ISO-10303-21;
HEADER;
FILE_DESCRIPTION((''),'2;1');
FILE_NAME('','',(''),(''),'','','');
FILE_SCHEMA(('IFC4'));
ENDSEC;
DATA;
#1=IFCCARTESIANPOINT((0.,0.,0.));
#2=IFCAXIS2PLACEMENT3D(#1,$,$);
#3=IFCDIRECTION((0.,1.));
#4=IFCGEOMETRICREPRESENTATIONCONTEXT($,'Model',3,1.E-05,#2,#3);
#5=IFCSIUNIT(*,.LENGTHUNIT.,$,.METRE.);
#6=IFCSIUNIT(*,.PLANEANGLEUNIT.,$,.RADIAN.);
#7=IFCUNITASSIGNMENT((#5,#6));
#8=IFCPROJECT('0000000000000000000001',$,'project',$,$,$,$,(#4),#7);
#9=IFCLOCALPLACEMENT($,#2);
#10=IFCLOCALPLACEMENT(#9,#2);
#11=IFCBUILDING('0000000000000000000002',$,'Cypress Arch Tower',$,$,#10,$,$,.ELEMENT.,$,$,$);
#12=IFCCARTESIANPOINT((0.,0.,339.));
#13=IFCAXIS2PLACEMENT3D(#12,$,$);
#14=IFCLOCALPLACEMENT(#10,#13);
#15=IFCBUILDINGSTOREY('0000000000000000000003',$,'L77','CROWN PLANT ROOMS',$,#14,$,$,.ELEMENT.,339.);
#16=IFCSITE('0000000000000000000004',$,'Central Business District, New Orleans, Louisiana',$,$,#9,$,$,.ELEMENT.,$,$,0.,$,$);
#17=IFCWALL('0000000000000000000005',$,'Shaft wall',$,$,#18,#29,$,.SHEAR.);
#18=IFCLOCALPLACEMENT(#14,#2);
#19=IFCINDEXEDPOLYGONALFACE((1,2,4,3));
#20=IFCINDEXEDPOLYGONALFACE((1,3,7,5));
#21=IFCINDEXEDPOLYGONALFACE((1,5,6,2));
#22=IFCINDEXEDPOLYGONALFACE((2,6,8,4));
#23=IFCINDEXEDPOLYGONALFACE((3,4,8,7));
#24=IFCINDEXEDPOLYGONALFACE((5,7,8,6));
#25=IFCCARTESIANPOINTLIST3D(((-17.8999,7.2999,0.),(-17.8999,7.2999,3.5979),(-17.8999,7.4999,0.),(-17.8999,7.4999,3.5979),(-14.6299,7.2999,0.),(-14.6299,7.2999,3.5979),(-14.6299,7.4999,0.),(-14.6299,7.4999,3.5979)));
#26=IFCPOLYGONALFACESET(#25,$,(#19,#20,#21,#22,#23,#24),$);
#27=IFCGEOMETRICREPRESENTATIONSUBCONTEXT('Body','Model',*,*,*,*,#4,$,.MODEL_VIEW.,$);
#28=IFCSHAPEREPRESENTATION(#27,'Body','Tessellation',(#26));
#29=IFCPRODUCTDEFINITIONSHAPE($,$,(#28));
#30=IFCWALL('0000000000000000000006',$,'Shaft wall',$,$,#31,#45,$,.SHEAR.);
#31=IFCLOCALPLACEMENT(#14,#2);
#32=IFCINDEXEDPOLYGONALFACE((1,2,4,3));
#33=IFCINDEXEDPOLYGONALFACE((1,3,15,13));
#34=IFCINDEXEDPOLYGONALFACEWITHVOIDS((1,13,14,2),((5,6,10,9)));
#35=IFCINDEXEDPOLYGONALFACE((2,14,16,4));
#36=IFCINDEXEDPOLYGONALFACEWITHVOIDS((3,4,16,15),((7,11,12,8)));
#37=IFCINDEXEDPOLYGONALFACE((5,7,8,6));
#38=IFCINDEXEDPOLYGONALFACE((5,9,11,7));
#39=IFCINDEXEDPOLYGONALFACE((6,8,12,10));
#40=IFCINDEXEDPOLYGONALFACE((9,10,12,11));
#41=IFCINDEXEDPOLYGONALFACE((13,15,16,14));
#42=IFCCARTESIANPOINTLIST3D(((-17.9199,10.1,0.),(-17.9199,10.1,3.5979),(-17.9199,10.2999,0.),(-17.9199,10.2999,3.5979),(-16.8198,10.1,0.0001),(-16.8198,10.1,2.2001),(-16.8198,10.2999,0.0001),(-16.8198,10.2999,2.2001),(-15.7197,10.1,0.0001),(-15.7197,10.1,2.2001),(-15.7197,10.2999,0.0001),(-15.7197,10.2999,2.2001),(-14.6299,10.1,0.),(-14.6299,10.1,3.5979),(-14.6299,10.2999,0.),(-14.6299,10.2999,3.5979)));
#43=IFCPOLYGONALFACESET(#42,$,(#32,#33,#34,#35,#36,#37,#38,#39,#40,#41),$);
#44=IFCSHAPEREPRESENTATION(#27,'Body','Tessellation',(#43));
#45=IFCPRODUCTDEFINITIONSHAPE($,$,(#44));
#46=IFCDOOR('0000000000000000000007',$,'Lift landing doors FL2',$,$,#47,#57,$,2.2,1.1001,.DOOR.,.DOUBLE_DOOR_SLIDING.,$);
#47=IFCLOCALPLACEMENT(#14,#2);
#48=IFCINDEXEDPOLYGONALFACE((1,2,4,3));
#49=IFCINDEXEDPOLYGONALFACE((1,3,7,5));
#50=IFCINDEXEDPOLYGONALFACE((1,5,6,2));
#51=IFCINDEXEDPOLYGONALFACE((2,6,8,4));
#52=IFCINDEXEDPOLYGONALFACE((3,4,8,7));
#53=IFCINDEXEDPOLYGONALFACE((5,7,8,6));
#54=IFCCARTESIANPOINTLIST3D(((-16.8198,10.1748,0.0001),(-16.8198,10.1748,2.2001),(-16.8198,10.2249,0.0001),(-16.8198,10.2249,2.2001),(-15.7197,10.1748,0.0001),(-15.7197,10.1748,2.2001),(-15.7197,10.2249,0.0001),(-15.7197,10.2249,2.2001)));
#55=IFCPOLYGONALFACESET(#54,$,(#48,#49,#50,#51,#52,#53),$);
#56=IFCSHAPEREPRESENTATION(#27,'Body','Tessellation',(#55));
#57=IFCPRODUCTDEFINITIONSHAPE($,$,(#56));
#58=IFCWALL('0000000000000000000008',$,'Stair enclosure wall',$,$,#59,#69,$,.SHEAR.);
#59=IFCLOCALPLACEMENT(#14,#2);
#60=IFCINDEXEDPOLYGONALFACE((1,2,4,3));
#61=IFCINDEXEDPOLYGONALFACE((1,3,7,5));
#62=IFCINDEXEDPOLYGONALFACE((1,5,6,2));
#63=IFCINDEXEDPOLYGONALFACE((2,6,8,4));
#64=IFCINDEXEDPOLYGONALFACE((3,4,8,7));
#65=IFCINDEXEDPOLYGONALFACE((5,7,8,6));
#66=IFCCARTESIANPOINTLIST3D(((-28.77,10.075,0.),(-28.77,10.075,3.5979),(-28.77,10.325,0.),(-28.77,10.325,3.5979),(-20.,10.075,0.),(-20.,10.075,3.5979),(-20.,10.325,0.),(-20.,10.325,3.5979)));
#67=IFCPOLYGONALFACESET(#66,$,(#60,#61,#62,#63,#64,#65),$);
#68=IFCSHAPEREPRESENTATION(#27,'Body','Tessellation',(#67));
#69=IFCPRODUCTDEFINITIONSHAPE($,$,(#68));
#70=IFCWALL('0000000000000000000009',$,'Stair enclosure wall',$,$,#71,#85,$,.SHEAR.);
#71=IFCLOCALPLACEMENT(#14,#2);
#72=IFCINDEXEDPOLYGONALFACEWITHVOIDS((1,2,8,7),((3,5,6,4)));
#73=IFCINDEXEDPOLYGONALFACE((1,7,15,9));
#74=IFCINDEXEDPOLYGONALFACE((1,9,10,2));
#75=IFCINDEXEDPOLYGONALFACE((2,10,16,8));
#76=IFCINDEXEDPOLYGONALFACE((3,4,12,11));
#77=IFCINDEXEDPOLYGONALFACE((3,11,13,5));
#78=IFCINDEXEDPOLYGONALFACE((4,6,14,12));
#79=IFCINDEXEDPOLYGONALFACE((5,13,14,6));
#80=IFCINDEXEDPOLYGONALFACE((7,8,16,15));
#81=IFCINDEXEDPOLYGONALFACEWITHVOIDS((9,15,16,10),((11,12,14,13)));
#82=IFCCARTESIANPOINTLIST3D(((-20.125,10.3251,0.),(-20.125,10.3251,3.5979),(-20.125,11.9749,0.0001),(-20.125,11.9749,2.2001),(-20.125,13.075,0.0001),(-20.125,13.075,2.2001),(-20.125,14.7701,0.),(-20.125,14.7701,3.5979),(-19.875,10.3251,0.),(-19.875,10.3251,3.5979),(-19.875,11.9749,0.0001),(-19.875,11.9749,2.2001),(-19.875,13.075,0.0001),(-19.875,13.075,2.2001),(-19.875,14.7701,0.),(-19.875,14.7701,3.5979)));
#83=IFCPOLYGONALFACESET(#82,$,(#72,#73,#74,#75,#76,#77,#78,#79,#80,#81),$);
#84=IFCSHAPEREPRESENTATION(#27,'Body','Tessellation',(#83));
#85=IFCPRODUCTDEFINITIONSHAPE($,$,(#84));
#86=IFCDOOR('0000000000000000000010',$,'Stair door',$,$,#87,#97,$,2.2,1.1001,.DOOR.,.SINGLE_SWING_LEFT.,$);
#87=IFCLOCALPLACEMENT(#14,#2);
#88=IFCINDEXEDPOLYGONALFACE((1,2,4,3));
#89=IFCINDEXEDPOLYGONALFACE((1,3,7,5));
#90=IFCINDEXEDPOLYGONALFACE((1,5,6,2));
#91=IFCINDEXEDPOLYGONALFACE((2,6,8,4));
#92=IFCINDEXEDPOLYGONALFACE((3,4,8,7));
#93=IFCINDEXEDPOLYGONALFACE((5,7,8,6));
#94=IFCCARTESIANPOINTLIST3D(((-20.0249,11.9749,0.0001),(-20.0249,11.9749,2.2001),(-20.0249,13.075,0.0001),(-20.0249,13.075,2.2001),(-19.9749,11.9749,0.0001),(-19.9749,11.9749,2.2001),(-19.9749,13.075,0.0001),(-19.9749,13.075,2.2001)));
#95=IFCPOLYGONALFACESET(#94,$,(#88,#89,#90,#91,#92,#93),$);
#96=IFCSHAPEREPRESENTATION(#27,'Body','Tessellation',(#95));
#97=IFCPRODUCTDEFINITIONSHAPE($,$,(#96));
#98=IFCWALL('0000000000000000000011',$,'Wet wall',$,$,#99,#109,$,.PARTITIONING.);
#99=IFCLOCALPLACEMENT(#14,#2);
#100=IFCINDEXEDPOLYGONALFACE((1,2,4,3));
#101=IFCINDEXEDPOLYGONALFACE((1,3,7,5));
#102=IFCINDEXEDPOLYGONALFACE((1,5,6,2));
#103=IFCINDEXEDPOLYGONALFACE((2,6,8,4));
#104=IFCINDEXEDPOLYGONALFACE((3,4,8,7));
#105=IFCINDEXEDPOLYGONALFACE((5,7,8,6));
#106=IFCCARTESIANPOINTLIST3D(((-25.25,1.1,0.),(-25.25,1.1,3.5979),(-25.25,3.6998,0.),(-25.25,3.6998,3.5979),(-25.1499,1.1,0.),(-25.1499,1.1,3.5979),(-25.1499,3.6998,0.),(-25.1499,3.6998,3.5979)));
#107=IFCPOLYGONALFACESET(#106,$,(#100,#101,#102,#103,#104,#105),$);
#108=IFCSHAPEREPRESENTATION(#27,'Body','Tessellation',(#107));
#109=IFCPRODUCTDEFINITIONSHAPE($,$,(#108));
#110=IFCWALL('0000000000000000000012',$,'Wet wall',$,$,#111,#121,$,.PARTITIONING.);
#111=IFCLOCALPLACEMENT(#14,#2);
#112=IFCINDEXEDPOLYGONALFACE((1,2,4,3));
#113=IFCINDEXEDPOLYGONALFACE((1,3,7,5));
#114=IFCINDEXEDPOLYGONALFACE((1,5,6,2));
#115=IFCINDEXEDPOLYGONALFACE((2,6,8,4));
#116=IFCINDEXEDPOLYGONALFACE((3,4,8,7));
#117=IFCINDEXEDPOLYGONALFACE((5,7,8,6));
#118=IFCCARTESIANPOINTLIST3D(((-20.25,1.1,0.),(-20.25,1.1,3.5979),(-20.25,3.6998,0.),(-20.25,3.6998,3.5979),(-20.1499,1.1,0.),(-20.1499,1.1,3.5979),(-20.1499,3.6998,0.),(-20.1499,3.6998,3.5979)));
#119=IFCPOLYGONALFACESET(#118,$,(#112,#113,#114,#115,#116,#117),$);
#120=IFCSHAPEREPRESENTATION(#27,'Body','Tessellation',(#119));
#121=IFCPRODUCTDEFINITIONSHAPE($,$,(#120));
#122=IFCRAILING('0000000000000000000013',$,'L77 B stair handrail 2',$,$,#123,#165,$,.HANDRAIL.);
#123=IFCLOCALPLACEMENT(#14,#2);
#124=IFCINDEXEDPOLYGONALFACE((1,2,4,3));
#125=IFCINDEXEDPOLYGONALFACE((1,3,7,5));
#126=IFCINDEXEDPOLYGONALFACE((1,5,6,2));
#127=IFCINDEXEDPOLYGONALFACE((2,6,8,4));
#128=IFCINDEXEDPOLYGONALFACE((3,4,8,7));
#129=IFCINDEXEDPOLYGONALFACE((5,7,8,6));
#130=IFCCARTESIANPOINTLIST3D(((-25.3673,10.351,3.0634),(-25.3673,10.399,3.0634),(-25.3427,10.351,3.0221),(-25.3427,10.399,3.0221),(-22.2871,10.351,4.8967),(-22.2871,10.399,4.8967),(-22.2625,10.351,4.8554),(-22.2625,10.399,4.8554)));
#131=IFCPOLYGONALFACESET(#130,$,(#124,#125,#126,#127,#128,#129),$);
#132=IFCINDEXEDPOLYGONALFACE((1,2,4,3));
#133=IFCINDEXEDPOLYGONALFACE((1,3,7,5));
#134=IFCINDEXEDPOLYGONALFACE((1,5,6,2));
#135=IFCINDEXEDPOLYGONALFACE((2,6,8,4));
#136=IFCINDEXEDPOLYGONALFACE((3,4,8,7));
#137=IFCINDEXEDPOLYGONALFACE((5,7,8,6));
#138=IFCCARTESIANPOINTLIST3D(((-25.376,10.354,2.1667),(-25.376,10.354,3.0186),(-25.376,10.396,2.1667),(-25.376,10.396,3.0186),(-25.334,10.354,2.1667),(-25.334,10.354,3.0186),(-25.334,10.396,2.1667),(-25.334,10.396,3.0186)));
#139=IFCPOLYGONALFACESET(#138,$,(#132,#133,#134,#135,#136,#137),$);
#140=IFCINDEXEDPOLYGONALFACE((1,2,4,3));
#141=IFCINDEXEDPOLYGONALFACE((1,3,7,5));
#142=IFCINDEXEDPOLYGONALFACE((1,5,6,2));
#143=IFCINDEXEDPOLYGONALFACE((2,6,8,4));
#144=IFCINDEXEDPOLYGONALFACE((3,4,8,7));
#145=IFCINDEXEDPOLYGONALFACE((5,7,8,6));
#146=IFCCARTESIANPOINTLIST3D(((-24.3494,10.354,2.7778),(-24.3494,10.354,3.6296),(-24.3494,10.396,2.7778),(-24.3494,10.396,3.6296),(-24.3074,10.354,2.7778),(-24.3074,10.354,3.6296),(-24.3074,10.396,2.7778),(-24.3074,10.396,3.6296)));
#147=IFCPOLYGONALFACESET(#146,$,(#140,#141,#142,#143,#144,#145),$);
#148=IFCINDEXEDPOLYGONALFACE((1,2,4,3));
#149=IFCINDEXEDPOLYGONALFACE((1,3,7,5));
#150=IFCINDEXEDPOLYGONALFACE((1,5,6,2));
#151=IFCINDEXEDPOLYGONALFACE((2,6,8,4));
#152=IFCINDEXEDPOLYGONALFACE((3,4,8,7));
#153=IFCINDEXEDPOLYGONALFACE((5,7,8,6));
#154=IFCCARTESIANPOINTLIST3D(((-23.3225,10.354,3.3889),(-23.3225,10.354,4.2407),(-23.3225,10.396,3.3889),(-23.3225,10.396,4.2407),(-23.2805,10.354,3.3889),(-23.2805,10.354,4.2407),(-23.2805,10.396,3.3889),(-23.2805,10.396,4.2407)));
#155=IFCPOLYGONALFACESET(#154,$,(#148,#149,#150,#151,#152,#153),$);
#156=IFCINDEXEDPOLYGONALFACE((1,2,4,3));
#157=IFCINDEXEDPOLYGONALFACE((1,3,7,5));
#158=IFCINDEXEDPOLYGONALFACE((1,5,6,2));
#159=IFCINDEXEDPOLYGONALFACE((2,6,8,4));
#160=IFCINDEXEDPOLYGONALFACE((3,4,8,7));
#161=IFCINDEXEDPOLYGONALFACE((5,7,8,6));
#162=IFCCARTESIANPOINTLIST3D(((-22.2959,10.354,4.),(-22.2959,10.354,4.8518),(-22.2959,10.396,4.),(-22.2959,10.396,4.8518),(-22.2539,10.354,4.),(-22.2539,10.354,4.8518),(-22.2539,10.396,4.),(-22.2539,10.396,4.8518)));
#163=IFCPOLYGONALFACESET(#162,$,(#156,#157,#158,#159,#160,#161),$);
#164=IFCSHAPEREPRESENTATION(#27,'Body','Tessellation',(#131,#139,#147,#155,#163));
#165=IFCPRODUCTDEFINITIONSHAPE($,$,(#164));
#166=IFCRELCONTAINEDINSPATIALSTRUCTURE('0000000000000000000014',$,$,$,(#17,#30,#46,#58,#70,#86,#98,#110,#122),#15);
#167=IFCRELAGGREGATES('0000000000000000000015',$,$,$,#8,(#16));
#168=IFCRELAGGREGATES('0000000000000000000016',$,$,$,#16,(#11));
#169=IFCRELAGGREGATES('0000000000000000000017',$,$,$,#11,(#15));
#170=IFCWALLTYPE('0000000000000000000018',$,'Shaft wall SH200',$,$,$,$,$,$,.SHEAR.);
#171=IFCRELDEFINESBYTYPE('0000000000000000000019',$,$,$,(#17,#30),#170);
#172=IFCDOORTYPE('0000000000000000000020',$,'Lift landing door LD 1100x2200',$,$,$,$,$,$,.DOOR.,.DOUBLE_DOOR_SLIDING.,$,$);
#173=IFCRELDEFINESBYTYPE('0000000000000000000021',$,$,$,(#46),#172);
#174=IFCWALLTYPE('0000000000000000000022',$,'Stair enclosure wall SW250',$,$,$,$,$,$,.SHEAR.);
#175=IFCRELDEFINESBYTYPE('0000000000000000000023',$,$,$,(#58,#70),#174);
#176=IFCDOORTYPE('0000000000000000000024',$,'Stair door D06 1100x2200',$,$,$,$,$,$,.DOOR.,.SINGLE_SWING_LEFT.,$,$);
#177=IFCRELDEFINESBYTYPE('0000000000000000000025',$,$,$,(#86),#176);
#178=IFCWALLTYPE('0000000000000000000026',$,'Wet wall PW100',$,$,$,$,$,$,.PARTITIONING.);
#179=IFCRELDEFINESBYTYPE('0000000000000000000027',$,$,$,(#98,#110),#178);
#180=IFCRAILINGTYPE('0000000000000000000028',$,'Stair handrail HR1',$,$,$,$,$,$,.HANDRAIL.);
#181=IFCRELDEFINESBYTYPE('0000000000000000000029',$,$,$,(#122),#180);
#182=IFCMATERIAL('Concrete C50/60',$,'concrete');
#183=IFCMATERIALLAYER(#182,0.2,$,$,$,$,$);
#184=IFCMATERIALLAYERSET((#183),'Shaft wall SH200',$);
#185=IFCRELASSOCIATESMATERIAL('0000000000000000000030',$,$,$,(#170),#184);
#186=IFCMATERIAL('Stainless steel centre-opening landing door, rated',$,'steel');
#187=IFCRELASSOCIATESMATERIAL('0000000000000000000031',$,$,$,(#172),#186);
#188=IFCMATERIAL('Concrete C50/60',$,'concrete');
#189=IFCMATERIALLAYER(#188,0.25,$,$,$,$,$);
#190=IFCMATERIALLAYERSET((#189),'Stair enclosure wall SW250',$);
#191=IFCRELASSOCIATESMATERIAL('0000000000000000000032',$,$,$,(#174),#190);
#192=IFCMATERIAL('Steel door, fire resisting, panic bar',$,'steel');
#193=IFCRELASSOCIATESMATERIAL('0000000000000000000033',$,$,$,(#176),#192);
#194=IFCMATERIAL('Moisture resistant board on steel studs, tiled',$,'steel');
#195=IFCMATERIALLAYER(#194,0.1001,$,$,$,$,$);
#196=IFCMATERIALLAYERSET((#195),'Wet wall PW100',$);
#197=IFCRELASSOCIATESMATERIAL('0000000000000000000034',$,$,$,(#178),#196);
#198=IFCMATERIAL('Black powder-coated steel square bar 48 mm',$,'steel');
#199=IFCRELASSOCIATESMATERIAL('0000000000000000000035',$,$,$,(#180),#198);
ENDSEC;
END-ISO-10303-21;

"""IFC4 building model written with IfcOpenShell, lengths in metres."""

from ifc_helpers import new_model, si_unit, direction, frame, frame_2d, origin, origin_2d, place, context, subcontext, project, spatial, rectangle, extrude, material, layer, layer_set, type_object, element, fill, save


model = new_model("IFC4")

# Units and contexts
model_context = context("Model", 3, precision=1e-05, world=origin(), true_north=direction((0.0, 1.0)))
body_context = subcontext(model_context, "Body", "Model", "MODEL_VIEW")
ifc_project = project(units=[si_unit("LENGTHUNIT", "METRE"), si_unit("PLANEANGLEUNIT", "RADIAN")], contexts=[model_context])

# Site, building, storey
site_placement = place(None, origin())
site = spatial("IfcSite", under=ifc_project, at=site_placement, Name="Central Business District, New Orleans, Louisiana", CompositionType="ELEMENT", RefElevation=0.0)
building_placement = place(site_placement, origin())
building = spatial("IfcBuilding", under=site, at=building_placement, Name="Cypress Arch Tower", CompositionType="ELEMENT")
storey_placement = place(building_placement, frame((0.0, 0.0, 339.0)))
storey = spatial("IfcBuildingStorey", under=building, at=storey_placement, Name="L77", Description="CROWN PLANT ROOMS", CompositionType="ELEMENT", Elevation=339.0)

# Wall
ifc_material_1 = material(Name="Concrete C50/60", Category="concrete")
ifc_layer_1 = layer(ifc_material_1, 0.2)
ifc_layer_set_1 = layer_set([ifc_layer_1], Name="Shaft wall SH200")
wall_type_1 = type_object("IfcWallType", Name="Shaft wall SH200", PredefinedType="SHEAR", material=ifc_layer_set_1)
wall_1_placement = place(storey_placement, frame((-17.8999, 7.3999, 0.0), z_axis=(0.0, 0.0, 1.0), x_axis=(1.0, 0.0, 0.0)))
element("IfcWall", 1, at=wall_1_placement, inside=storey, type_object=wall_type_1, Name="Shaft wall", PredefinedType="SHEAR", context=body_context, shape_type="SweptSolid", body=[
    extrude(rectangle(XDim=3.27, YDim=0.2, at=frame_2d((1.635, 0.0))), origin(), (0.0, 0.0, 1.0), 3.5979),
])

# Wall, opening, door
wall_2_placement = place(storey_placement, frame((-17.9199, 10.2, 0.0), z_axis=(0.0, 0.0, 1.0), x_axis=(1.0, 0.0, 0.0)))
wall_2 = element("IfcWall", 2, at=wall_2_placement, inside=storey, type_object=wall_type_1, Name="Shaft wall", PredefinedType="SHEAR", context=body_context, shape_type="SweptSolid", body=[
    extrude(rectangle(XDim=3.29, YDim=0.2, at=frame_2d((1.645, 0.0))), origin(), (0.0, 0.0, 1.0), 3.5979),
])
opening_1_placement = place(wall_2_placement, frame((1.1001, 0.0, 0.0)))
opening_1 = element("IfcOpeningElement", 3, at=opening_1_placement, cuts=wall_2, PredefinedType="OPENING", context=body_context, shape_type="SweptSolid", body=[
    extrude(rectangle(XDim=1.1001, YDim=2.2, at=frame_2d((0.55, 1.1001))), frame((0.0, 0.1099, 0.0), z_axis=(0.0, -1.0, 0.0), x_axis=(1.0, 0.0, 0.0)), (0.0, 0.0, 1.0), 0.22),
])
ifc_material_2 = material(Name="Stainless steel centre-opening landing door, rated", Category="steel")
door_type_1 = type_object("IfcDoorType", Name="Lift landing door LD 1100x2200", OperationType="DOUBLE_DOOR_SLIDING", PredefinedType="DOOR", material=ifc_material_2)
door_1_placement = place(opening_1_placement, origin())
door_1 = element("IfcDoor", 4, at=door_1_placement, inside=storey, type_object=door_type_1, Name="Lift landing doors FL2", OperationType="DOUBLE_DOOR_SLIDING", OverallHeight=2.2, OverallWidth=1.1001, PredefinedType="DOOR", context=body_context, shape_type="SweptSolid", body=[
    extrude(rectangle(XDim=1.1001, YDim=2.2, at=frame_2d((0.55, 1.1001))), frame((0.0, 0.0249, 0.0), z_axis=(0.0, -1.0, 0.0), x_axis=(1.0, 0.0, 0.0)), (0.0, 0.0, 1.0), 0.05),
])
fill(opening_1, door_1)

# Wall
ifc_material_3 = material(Name="Concrete C50/60", Category="concrete")
ifc_layer_2 = layer(ifc_material_3, 0.25)
ifc_layer_set_2 = layer_set([ifc_layer_2], Name="Stair enclosure wall SW250")
wall_type_2 = type_object("IfcWallType", Name="Stair enclosure wall SW250", PredefinedType="SHEAR", material=ifc_layer_set_2)
wall_3_placement = place(storey_placement, frame((-28.77, 10.2, 0.0), z_axis=(0.0, 0.0, 1.0), x_axis=(1.0, 0.0, 0.0)))
element("IfcWall", 5, at=wall_3_placement, inside=storey, type_object=wall_type_2, Name="Stair enclosure wall", PredefinedType="SHEAR", context=body_context, shape_type="SweptSolid", body=[
    extrude(rectangle(XDim=8.77, YDim=0.25, at=frame_2d((4.385, 0.0))), origin(), (0.0, 0.0, 1.0), 3.5979),
])

# Wall, opening, door
wall_4_placement = place(storey_placement, frame((-20.0, 10.325, 0.0), z_axis=(0.0, 0.0, 1.0), x_axis=(0.0, 1.0, 0.0)))
wall_4 = element("IfcWall", 6, at=wall_4_placement, inside=storey, type_object=wall_type_2, Name="Stair enclosure wall", PredefinedType="SHEAR", context=body_context, shape_type="SweptSolid", body=[
    extrude(rectangle(XDim=4.4451, YDim=0.25, at=frame_2d((2.2227, 0.0))), origin(), (0.0, 0.0, 1.0), 3.5979),
])
opening_2_placement = place(wall_4_placement, frame((1.6499, 0.0, 0.0)))
opening_2 = element("IfcOpeningElement", 7, at=opening_2_placement, cuts=wall_4, PredefinedType="OPENING", context=body_context, shape_type="SweptSolid", body=[
    extrude(rectangle(XDim=1.1001, YDim=2.2, at=frame_2d((0.55, 1.1001))), frame((0.0, 0.135, 0.0), z_axis=(0.0, -1.0, 0.0), x_axis=(1.0, 0.0, 0.0)), (0.0, 0.0, 1.0), 0.27),
])
ifc_material_4 = material(Name="Steel door, fire resisting, panic bar", Category="steel")
door_type_2 = type_object("IfcDoorType", Name="Stair door D06 1100x2200", OperationType="SINGLE_SWING_LEFT", PredefinedType="DOOR", material=ifc_material_4)
door_2_placement = place(opening_2_placement, origin())
door_2 = element("IfcDoor", 8, at=door_2_placement, inside=storey, type_object=door_type_2, Name="Stair door", OperationType="SINGLE_SWING_LEFT", OverallHeight=2.2, OverallWidth=1.1001, PredefinedType="DOOR", context=body_context, shape_type="SweptSolid", body=[
    extrude(rectangle(XDim=1.1001, YDim=2.2, at=frame_2d((0.55, 1.1001))), frame((0.0, 0.0249, 0.0), z_axis=(0.0, -1.0, 0.0), x_axis=(1.0, 0.0, 0.0)), (0.0, 0.0, 1.0), 0.05),
])
fill(opening_2, door_2)

# Walls
ifc_material_5 = material(Name="Moisture resistant board on steel studs, tiled", Category="steel")
ifc_layer_3 = layer(ifc_material_5, 0.1001)
ifc_layer_set_3 = layer_set([ifc_layer_3], Name="Wet wall PW100")
wall_type_3 = type_object("IfcWallType", Name="Wet wall PW100", PredefinedType="PARTITIONING", material=ifc_layer_set_3)
for number, where, z_axis, x_axis, name in (
    (9, (-25.2, 1.1001, 0.0), (0.0, 0.0, 1.0), (0.0, 1.0, 0.0), "Wet wall"),
    (10, (-20.2, 1.1001, 0.0), (0.0, 0.0, 1.0), (0.0, 1.0, 0.0), "Wet wall"),
):
    element("IfcWall", number, at=place(storey_placement, frame(where, z_axis=z_axis, x_axis=x_axis)), inside=storey, type_object=wall_type_3, Name=name, PredefinedType="PARTITIONING", context=body_context, shape_type="SweptSolid", body=[
        extrude(rectangle(XDim=2.5999, YDim=0.1001, at=frame_2d((1.2998, 0.0))), origin(), (0.0, 0.0, 1.0), 3.5979),
    ])

# Railing
ifc_material_6 = material(Name="Black powder-coated steel square bar 48 mm", Category="steel")
railing_type = type_object("IfcRailingType", Name="Stair handrail HR1", PredefinedType="HANDRAIL", material=ifc_material_6)
railing_placement = place(storey_placement, frame((-25.355, 10.375, 2.1667)))
element("IfcRailing", 11, at=railing_placement, inside=storey, type_object=railing_type, Name="L77 B stair handrail 2", PredefinedType="HANDRAIL", context=body_context, shape_type="SweptSolid", body=[
    extrude(rectangle(XDim=0.0481, YDim=0.0481, at=origin_2d()), frame((0.0, 0.0, 0.876), z_axis=(0.859309, 0.0, 0.511458), x_axis=(0.0, 1.0, 0.0)), (0.0, 0.0, 1.0), 3.5845),
    extrude(rectangle(XDim=0.042, YDim=0.042, at=origin_2d()), origin(), (0.0, 0.0, 1.0), 0.8518),
    extrude(rectangle(XDim=0.042, YDim=0.042, at=origin_2d()), frame((1.0266, 0.0, 0.6111)), (0.0, 0.0, 1.0), 0.8518),
    extrude(rectangle(XDim=0.042, YDim=0.042, at=origin_2d()), frame((2.0535, 0.0, 1.2222)), (0.0, 0.0, 1.0), 0.8518),
    extrude(rectangle(XDim=0.042, YDim=0.042, at=origin_2d()), frame((3.0801, 0.0, 1.8333)), (0.0, 0.0, 1.0), 0.8518),
])

save(model, "model.ifc")
